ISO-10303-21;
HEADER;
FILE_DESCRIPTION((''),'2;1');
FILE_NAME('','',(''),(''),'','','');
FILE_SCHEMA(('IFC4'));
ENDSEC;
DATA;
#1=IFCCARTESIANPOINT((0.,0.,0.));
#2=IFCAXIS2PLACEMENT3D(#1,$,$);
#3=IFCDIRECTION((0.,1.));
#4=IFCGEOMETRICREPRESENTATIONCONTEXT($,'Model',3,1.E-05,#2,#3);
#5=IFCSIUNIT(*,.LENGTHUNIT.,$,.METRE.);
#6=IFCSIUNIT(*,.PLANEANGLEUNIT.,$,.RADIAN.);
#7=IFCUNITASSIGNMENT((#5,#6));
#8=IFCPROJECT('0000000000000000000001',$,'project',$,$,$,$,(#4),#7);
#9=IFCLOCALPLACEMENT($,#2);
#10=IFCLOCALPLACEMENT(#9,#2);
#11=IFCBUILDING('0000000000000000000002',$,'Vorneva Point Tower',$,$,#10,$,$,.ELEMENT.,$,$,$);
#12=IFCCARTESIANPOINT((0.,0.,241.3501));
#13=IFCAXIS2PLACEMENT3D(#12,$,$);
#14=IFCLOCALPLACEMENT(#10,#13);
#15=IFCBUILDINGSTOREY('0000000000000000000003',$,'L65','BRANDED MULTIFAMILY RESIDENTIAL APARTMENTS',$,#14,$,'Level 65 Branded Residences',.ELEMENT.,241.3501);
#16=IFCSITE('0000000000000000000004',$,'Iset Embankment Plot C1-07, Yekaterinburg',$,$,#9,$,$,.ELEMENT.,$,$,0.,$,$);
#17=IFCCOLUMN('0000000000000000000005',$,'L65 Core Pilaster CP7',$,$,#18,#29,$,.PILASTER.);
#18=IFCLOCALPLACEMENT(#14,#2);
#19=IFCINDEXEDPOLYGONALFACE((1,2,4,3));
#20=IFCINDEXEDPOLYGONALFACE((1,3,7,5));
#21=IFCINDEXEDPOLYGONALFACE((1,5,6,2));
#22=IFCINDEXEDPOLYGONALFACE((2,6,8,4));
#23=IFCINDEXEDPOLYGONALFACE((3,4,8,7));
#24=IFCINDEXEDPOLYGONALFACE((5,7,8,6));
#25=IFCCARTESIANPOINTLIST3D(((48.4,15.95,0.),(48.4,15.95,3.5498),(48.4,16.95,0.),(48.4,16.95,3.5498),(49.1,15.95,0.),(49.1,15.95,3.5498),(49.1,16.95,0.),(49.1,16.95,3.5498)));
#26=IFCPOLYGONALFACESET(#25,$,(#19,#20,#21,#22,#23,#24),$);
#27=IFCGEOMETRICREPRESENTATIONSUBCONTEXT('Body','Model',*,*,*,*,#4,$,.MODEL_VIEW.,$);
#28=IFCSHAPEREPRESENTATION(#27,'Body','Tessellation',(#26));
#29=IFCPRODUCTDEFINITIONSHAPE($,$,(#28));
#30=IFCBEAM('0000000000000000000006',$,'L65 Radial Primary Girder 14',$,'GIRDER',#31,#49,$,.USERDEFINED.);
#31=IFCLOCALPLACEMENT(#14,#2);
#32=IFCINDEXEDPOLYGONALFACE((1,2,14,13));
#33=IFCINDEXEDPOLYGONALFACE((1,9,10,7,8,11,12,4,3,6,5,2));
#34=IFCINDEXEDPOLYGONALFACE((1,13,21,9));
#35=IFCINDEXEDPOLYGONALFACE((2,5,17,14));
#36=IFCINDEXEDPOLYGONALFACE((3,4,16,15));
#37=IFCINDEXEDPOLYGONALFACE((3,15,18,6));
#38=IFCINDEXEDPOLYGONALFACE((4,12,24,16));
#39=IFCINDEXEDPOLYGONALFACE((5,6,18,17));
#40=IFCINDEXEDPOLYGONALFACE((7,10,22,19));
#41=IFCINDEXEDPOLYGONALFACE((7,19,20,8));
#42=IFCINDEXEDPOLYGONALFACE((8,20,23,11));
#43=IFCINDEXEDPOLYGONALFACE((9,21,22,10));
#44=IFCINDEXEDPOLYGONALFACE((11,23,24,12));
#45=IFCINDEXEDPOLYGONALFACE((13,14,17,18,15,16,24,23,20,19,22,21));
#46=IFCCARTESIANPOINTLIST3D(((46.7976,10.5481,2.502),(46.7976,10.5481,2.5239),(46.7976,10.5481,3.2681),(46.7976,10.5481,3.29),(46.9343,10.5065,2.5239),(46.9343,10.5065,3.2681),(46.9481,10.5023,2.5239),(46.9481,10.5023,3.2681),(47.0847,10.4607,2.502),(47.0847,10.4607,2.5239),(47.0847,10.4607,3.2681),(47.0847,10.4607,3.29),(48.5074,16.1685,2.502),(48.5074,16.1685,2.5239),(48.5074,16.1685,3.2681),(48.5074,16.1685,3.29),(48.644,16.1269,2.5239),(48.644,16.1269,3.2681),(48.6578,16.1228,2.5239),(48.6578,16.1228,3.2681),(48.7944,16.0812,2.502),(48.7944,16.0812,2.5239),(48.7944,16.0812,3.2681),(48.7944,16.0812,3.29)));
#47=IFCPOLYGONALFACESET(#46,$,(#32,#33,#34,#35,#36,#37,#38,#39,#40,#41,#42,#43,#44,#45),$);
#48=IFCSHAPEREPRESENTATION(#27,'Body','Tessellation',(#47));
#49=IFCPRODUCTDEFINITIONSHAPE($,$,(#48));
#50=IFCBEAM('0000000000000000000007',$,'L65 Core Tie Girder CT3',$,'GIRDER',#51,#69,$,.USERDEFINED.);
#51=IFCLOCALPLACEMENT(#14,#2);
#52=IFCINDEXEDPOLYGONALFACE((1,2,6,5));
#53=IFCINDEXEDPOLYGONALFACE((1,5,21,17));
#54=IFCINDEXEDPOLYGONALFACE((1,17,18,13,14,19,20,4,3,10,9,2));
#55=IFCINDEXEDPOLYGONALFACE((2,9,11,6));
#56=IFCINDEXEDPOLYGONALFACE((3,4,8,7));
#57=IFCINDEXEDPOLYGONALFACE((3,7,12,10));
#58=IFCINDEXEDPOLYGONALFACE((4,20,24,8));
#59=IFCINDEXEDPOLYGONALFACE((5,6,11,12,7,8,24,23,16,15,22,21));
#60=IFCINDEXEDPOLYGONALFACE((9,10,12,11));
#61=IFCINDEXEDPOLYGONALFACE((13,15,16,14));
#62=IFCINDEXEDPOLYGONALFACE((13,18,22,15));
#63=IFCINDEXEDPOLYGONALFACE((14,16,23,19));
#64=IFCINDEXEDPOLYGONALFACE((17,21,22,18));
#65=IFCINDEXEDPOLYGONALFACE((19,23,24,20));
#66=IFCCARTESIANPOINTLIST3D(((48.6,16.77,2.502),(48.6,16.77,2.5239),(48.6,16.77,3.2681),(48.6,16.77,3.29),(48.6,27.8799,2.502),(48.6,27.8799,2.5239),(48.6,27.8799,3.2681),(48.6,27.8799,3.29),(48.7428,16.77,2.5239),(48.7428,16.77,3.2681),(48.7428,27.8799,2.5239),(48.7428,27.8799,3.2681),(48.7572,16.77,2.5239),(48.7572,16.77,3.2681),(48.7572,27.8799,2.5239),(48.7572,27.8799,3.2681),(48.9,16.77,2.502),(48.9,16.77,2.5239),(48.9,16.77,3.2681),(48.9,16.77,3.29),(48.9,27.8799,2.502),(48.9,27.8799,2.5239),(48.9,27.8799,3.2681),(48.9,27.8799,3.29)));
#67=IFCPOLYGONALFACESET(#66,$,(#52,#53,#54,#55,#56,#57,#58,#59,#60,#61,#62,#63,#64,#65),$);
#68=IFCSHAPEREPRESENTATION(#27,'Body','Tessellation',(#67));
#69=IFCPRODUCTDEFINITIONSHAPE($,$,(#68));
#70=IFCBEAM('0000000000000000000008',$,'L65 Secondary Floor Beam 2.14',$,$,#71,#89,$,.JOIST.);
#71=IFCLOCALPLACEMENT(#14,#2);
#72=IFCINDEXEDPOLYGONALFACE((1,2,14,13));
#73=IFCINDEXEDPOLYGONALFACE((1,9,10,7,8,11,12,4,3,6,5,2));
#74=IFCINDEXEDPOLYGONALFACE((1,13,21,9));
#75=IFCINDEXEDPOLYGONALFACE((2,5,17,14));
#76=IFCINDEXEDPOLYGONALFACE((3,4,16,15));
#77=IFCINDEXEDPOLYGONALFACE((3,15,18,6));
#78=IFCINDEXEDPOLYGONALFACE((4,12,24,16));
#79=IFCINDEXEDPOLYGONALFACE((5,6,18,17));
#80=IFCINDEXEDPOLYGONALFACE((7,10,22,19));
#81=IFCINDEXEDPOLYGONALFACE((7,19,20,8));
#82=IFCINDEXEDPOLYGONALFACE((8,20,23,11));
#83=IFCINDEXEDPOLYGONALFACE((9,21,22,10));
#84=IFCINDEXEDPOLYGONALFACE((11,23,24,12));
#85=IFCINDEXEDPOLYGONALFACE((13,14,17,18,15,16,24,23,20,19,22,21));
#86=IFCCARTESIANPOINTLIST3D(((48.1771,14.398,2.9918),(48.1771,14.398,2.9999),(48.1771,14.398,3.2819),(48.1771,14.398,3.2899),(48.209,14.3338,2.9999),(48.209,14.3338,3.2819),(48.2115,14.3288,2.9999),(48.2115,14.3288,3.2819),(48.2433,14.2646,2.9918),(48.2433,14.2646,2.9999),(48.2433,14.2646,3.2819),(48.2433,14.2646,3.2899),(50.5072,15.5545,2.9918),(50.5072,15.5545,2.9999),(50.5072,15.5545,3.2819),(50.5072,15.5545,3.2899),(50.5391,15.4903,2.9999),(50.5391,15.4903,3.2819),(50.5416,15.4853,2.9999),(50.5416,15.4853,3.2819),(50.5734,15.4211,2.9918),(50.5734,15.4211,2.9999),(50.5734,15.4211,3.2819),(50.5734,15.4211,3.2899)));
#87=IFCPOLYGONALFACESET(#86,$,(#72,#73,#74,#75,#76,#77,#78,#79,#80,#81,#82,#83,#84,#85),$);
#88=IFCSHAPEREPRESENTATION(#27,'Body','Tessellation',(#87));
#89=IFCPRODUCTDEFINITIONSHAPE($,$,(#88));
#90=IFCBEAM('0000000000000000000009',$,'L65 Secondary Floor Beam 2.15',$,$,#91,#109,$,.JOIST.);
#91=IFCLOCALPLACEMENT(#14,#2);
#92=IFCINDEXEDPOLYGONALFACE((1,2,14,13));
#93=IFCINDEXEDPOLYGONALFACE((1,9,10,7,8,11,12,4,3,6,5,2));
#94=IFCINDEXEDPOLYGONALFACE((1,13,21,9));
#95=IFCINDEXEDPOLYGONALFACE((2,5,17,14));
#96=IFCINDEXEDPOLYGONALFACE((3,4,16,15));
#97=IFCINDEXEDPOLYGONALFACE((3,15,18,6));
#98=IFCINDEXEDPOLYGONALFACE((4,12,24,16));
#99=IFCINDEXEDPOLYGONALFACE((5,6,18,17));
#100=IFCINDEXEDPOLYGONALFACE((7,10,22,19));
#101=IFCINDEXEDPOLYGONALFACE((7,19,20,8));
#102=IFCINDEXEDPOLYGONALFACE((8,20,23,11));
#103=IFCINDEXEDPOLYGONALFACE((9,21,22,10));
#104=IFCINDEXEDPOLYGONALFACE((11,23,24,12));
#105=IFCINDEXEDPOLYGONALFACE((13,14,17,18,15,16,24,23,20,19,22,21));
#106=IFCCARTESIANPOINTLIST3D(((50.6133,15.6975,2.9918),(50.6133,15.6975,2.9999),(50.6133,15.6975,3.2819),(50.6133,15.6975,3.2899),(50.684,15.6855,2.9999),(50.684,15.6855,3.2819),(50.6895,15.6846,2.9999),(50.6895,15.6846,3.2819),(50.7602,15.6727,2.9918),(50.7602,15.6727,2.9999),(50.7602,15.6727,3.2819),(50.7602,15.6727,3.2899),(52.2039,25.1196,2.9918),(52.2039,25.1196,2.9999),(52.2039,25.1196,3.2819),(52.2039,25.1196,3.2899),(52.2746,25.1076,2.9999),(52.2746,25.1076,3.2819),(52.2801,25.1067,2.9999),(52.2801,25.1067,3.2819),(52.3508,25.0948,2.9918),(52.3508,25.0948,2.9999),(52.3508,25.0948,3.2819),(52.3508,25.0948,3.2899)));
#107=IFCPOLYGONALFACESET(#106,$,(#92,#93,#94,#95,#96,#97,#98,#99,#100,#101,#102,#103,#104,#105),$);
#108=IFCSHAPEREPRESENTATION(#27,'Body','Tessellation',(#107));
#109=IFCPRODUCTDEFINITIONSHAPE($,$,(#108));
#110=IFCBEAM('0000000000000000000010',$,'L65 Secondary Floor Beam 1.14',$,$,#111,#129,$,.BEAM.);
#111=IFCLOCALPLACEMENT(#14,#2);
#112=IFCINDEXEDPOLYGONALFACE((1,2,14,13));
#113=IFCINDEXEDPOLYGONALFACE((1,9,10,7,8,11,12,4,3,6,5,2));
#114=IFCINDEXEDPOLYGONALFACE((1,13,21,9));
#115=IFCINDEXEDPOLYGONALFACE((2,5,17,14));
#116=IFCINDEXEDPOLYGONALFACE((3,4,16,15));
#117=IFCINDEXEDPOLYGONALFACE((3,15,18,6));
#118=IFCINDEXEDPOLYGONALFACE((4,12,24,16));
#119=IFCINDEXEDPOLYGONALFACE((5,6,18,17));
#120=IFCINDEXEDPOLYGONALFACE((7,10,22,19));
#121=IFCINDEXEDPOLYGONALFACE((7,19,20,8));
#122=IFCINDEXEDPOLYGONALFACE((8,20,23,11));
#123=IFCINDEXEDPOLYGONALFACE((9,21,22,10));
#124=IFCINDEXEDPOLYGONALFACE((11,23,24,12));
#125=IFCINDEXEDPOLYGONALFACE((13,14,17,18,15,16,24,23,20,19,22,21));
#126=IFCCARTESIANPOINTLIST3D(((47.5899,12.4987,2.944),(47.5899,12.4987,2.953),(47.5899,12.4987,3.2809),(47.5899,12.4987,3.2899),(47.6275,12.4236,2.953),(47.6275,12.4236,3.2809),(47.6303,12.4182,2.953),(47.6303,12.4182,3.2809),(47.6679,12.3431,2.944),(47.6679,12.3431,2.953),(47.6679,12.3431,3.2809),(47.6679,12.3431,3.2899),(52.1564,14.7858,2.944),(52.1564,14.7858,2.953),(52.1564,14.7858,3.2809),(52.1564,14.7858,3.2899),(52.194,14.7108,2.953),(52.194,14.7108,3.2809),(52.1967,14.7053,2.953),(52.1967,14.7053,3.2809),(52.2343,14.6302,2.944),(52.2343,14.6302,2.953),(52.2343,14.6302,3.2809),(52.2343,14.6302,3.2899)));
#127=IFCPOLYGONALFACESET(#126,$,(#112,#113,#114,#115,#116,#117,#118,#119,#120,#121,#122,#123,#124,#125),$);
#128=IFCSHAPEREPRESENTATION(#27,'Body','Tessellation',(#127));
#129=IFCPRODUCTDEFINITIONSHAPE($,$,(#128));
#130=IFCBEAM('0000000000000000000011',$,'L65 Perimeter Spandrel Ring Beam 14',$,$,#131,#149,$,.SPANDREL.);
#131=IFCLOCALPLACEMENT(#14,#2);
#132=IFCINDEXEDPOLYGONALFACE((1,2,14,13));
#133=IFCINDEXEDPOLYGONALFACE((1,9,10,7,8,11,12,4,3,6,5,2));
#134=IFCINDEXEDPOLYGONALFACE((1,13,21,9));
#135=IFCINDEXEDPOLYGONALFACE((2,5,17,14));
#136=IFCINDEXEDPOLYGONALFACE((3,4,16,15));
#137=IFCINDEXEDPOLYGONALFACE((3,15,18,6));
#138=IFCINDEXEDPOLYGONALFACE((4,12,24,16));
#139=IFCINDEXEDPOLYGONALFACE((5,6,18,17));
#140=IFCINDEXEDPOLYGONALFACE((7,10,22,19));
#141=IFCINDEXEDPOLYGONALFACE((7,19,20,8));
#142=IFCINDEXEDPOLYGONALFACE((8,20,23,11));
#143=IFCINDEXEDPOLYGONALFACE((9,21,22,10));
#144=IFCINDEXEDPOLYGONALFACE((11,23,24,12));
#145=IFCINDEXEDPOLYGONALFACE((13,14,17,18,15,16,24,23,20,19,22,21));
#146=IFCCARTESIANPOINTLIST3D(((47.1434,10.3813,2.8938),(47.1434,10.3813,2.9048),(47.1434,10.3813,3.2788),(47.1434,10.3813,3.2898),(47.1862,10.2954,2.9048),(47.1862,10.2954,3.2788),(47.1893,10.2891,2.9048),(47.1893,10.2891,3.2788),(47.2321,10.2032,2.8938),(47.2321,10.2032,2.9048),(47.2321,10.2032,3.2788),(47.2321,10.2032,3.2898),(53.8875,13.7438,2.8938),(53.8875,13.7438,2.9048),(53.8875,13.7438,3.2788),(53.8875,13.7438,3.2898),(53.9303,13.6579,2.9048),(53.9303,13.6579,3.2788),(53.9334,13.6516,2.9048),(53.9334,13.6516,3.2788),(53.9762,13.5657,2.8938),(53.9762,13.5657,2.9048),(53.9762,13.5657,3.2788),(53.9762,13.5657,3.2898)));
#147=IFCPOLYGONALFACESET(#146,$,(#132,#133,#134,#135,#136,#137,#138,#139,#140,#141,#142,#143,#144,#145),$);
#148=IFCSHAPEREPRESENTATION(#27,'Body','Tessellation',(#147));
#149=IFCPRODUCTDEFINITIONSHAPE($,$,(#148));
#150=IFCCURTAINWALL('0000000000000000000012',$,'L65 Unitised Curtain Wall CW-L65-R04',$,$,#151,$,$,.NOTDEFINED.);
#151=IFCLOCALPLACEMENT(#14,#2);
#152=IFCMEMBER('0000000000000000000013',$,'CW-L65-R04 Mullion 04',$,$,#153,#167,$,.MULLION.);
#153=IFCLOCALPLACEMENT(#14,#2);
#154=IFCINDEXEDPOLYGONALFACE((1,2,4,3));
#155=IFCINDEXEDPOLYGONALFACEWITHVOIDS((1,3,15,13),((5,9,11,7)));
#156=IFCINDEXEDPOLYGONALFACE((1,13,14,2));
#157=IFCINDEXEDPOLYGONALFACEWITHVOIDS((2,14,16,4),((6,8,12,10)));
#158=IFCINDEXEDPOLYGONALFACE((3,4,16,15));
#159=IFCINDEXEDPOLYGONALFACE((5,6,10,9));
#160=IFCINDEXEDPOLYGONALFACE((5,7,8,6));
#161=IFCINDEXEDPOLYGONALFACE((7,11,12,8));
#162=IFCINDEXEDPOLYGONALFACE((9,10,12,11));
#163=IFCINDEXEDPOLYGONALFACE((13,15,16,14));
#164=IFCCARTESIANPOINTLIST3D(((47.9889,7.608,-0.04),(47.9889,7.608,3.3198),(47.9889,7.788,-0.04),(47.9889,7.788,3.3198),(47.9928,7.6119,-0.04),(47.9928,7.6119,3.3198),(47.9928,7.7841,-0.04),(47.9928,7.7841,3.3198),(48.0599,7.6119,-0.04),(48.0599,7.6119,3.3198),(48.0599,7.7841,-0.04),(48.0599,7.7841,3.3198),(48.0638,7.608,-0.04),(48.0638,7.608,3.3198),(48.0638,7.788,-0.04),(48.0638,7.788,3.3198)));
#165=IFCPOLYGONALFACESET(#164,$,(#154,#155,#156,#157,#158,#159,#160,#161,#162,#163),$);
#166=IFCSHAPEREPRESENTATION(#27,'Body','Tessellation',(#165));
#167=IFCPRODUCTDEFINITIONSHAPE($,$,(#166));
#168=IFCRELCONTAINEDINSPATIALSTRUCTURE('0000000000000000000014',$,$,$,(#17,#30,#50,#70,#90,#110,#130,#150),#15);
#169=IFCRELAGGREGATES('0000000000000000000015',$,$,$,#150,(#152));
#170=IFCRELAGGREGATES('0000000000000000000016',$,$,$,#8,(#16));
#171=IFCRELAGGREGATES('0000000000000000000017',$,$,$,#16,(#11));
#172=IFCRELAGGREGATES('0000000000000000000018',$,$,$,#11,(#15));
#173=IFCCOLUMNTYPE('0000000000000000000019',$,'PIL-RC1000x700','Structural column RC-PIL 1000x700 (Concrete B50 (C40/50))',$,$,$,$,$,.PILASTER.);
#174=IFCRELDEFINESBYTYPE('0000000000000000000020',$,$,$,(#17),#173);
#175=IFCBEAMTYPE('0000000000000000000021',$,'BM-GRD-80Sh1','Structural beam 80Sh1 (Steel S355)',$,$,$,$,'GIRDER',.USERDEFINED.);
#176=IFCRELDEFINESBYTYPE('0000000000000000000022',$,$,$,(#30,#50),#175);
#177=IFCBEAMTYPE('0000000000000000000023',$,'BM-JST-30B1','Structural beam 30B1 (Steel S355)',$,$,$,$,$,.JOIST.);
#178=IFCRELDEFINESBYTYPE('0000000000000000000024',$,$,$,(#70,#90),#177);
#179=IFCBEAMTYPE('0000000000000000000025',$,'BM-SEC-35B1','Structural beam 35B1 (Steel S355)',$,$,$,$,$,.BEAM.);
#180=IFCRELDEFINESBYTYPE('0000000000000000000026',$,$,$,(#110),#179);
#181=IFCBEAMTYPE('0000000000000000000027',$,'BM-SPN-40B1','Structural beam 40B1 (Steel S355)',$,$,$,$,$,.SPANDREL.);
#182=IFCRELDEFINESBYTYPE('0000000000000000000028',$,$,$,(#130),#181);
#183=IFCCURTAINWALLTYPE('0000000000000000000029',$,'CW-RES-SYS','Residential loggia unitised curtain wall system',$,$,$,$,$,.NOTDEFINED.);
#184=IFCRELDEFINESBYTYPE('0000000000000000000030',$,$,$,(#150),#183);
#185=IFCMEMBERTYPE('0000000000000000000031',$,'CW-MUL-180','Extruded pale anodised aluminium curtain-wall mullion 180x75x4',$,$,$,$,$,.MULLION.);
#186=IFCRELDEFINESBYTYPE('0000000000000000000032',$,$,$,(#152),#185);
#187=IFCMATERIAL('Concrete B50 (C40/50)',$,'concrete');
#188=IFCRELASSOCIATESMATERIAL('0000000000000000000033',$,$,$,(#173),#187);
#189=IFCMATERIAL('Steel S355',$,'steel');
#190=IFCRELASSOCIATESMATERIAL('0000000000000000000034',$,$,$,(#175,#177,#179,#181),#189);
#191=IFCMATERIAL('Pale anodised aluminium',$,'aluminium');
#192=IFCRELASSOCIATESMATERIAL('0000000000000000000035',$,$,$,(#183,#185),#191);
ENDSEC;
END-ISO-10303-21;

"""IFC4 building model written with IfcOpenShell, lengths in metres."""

from ifc_helpers import new_model, si_unit, direction, frame, origin, origin_2d, place, context, subcontext, project, spatial, rectangle, hollow_rectangle, i_section, extrude, material, material_profile, profile_set, type_object, element, aggregate, save


model = new_model("IFC4")

# Units and contexts
model_context = context("Model", 3, precision=1e-05, world=origin(), true_north=direction((0.0, 1.0)))
body_context = subcontext(model_context, "Body", "Model", "MODEL_VIEW")
ifc_project = project(units=[si_unit("LENGTHUNIT", "METRE"), si_unit("PLANEANGLEUNIT", "RADIAN")], contexts=[model_context])

# Site, building, storey
site_placement = place(None, origin())
site = spatial("IfcSite", under=ifc_project, at=site_placement, Name="Iset Embankment Plot C1-07, Yekaterinburg", CompositionType="ELEMENT", RefElevation=0.0)
building_placement = place(site_placement, origin())
building = spatial("IfcBuilding", under=site, at=building_placement, Name="Vorneva Point Tower", CompositionType="ELEMENT")
storey_placement = place(building_placement, frame((0.0, 0.0, 241.3501)))
storey = spatial("IfcBuildingStorey", under=building, at=storey_placement, Name="L65", Description="BRANDED MULTIFAMILY RESIDENTIAL APARTMENTS", LongName="Level 65 Branded Residences", CompositionType="ELEMENT", Elevation=241.3501)

# Column
ifc_material_1 = material(Name="Concrete B50 (C40/50)", Category="concrete")
ifc_material_profile_1 = material_profile(ifc_material_1, rectangle(XDim=0.7, YDim=1.0, at=origin_2d()), Name="RC-PIL 1000x700")
ifc_profile_set_1 = profile_set([ifc_material_profile_1], Name="Concrete B50 (C40/50)")
column_type_1 = type_object("IfcColumnType", Name="PIL-RC1000x700", Description="Structural column RC-PIL 1000x700 (Concrete B50 (C40/50))", PredefinedType="PILASTER", material=ifc_profile_set_1)
column_1_placement = place(storey_placement, frame((48.75, 16.45, 0.0), z_axis=(0.0, 0.0, 1.0), x_axis=(1.0, 0.0, 0.0)))
element("IfcColumn", 1, at=column_1_placement, inside=storey, type_object=column_type_1, Name="L65 Core Pilaster CP7", PredefinedType="PILASTER", context=body_context, shape_type="SweptSolid", body=[
    extrude(rectangle(XDim=0.7, YDim=1.0, at=origin_2d()), origin(), (0.0, 0.0, 1.0), 3.5498),
])

# Beams
ifc_material_2 = material(Name="Steel S355", Category="steel")
ifc_material_profile_2 = material_profile(ifc_material_2, i_section(OverallWidth=0.3, OverallDepth=0.7881, WebThickness=0.0144, FlangeThickness=0.022, at=origin_2d()), Name="80Sh1")
ifc_profile_set_2 = profile_set([ifc_material_profile_2], Name="Steel S355")
beam_type_1 = type_object("IfcBeamType", Name="BM-GRD-80Sh1", Description="Structural beam 80Sh1 (Steel S355)", ElementType="GIRDER", PredefinedType="USERDEFINED", material=ifc_profile_set_2)
beam_1_placement = place(storey_placement, frame((46.9412, 10.5044, 2.896), z_axis=(0.291033, 0.956713, 0.0), x_axis=(-0.956713, 0.291033, 0.0)))
element("IfcBeam", 2, at=beam_1_placement, inside=storey, type_object=beam_type_1, Name="L65 Radial Primary Girder 14", ObjectType="GIRDER", PredefinedType="USERDEFINED", context=body_context, shape_type="SweptSolid", body=[
    extrude(i_section(OverallWidth=0.3, OverallDepth=0.7881, WebThickness=0.0144, FlangeThickness=0.022, at=origin_2d()), origin(), (0.0, 0.0, 1.0), 5.8748),
])
beam_2_placement = place(storey_placement, frame((48.75, 16.77, 2.896), z_axis=(0.0, 1.0, 0.0), x_axis=(-1.0, 0.0, 0.0)))
element("IfcBeam", 3, at=beam_2_placement, inside=storey, type_object=beam_type_1, Name="L65 Core Tie Girder CT3", ObjectType="GIRDER", PredefinedType="USERDEFINED", context=body_context, shape_type="SweptSolid", body=[
    extrude(i_section(OverallWidth=0.3, OverallDepth=0.7881, WebThickness=0.0144, FlangeThickness=0.022, at=origin_2d()), origin(), (0.0, 0.0, 1.0), 11.1099),
])
ifc_material_profile_3 = material_profile(ifc_material_2, i_section(OverallWidth=0.1489, OverallDepth=0.2981, WebThickness=0.0056, FlangeThickness=0.0081, at=origin_2d()), Name="30B1")
ifc_profile_set_3 = profile_set([ifc_material_profile_3], Name="Steel S355")
beam_type_2 = type_object("IfcBeamType", Name="BM-JST-30B1", Description="Structural beam 30B1 (Steel S355)", PredefinedType="JOIST", material=ifc_profile_set_3)
beam_3_placement = place(storey_placement, frame((48.2102, 14.3313, 3.1409), z_axis=(0.895737, 0.444584, 0.0), x_axis=(-0.444584, 0.895737, 0.0)))
element("IfcBeam", 4, at=beam_3_placement, inside=storey, type_object=beam_type_2, Name="L65 Secondary Floor Beam 2.14", PredefinedType="JOIST", context=body_context, shape_type="SweptSolid", body=[
    extrude(i_section(OverallWidth=0.1489, OverallDepth=0.2981, WebThickness=0.0056, FlangeThickness=0.0081, at=origin_2d()), origin(), (0.0, 0.0, 1.0), 2.6013),
])
beam_4_placement = place(storey_placement, frame((50.6868, 15.6851, 3.1409), z_axis=(0.166458, 0.986049, 0.0), x_axis=(-0.986049, 0.166458, 0.0)))
element("IfcBeam", 5, at=beam_4_placement, inside=storey, type_object=beam_type_2, Name="L65 Secondary Floor Beam 2.15", PredefinedType="JOIST", context=body_context, shape_type="SweptSolid", body=[
    extrude(i_section(OverallWidth=0.1489, OverallDepth=0.2981, WebThickness=0.0056, FlangeThickness=0.0081, at=origin_2d()), origin(), (0.0, 0.0, 1.0), 9.5554),
])
ifc_material_profile_4 = material_profile(ifc_material_2, i_section(OverallWidth=0.1741, OverallDepth=0.3459, WebThickness=0.0061, FlangeThickness=0.009, at=origin_2d()), Name="35B1")
ifc_profile_set_4 = profile_set([ifc_material_profile_4], Name="Steel S355")
beam_type_3 = type_object("IfcBeamType", Name="BM-SEC-35B1", Description="Structural beam 35B1 (Steel S355)", PredefinedType="BEAM", material=ifc_profile_set_4)
beam_5_placement = place(storey_placement, frame((47.6289, 12.4209, 3.1169), z_axis=(0.894121, 0.447825, 0.0), x_axis=(-0.447825, 0.894121, 0.0)))
element("IfcBeam", 6, at=beam_5_placement, inside=storey, type_object=beam_type_3, Name="L65 Secondary Floor Beam 1.14", PredefinedType="BEAM", context=body_context, shape_type="SweptSolid", body=[
    extrude(i_section(OverallWidth=0.1741, OverallDepth=0.3459, WebThickness=0.0061, FlangeThickness=0.009, at=origin_2d()), origin(), (0.0, 0.0, 1.0), 5.1072),
])
ifc_material_profile_5 = material_profile(ifc_material_2, i_section(OverallWidth=0.199, OverallDepth=0.396, WebThickness=0.0071, FlangeThickness=0.011, at=origin_2d()), Name="40B1")
ifc_profile_set_5 = profile_set([ifc_material_profile_5], Name="Steel S355")
beam_type_4 = type_object("IfcBeamType", Name="BM-SPN-40B1", Description="Structural beam 40B1 (Steel S355)", PredefinedType="SPANDREL", material=ifc_profile_set_5)
beam_6_placement = place(storey_placement, frame((47.1877, 10.2922, 3.0918), z_axis=(0.894932, 0.446203, 0.0), x_axis=(-0.446203, 0.894932, 0.0)))
element("IfcBeam", 7, at=beam_6_placement, inside=storey, type_object=beam_type_4, Name="L65 Perimeter Spandrel Ring Beam 14", PredefinedType="SPANDREL", context=body_context, shape_type="SweptSolid", body=[
    extrude(i_section(OverallWidth=0.199, OverallDepth=0.396, WebThickness=0.0071, FlangeThickness=0.011, at=origin_2d()), origin(), (0.0, 0.0, 1.0), 7.5359),
])

# Curtain wall, member
ifc_material_3 = material(Name="Pale anodised aluminium", Category="aluminium")
curtain_wall_type = type_object("IfcCurtainWallType", Name="CW-RES-SYS", Description="Residential loggia unitised curtain wall system", PredefinedType="NOTDEFINED", material=ifc_material_3)
curtain_wall_placement = place(storey_placement, origin())
curtain_wall = element("IfcCurtainWall", 8, at=curtain_wall_placement, inside=storey, type_object=curtain_wall_type, Name="L65 Unitised Curtain Wall CW-L65-R04", PredefinedType="NOTDEFINED")
ifc_material_profile_6 = material_profile(ifc_material_3, hollow_rectangle(XDim=0.075, YDim=0.1799, WallThickness=0.0039, at=origin_2d()), Name="AL-MUL 180x75x4")
ifc_profile_set_6 = profile_set([ifc_material_profile_6], Name="Pale anodised aluminium")
member_type_1 = type_object("IfcMemberType", Name="CW-MUL-180", Description="Extruded pale anodised aluminium curtain-wall mullion 180x75x4", PredefinedType="MULLION", material=ifc_profile_set_6)
member_1_placement = place(storey_placement, frame((48.0264, 7.698, -0.04), z_axis=(0.0, 0.0, 1.0), x_axis=(1.0, 0.0, 0.0)))
member_1 = element("IfcMember", 9, at=member_1_placement, type_object=member_type_1, Name="CW-L65-R04 Mullion 04", PredefinedType="MULLION", context=body_context, shape_type="SweptSolid", body=[
    extrude(hollow_rectangle(XDim=0.075, YDim=0.1799, WallThickness=0.0039, at=origin_2d()), origin(), (0.0, 0.0, 1.0), 3.3599),
])
aggregate(curtain_wall, [member_1])

save(model, "model.ifc")
